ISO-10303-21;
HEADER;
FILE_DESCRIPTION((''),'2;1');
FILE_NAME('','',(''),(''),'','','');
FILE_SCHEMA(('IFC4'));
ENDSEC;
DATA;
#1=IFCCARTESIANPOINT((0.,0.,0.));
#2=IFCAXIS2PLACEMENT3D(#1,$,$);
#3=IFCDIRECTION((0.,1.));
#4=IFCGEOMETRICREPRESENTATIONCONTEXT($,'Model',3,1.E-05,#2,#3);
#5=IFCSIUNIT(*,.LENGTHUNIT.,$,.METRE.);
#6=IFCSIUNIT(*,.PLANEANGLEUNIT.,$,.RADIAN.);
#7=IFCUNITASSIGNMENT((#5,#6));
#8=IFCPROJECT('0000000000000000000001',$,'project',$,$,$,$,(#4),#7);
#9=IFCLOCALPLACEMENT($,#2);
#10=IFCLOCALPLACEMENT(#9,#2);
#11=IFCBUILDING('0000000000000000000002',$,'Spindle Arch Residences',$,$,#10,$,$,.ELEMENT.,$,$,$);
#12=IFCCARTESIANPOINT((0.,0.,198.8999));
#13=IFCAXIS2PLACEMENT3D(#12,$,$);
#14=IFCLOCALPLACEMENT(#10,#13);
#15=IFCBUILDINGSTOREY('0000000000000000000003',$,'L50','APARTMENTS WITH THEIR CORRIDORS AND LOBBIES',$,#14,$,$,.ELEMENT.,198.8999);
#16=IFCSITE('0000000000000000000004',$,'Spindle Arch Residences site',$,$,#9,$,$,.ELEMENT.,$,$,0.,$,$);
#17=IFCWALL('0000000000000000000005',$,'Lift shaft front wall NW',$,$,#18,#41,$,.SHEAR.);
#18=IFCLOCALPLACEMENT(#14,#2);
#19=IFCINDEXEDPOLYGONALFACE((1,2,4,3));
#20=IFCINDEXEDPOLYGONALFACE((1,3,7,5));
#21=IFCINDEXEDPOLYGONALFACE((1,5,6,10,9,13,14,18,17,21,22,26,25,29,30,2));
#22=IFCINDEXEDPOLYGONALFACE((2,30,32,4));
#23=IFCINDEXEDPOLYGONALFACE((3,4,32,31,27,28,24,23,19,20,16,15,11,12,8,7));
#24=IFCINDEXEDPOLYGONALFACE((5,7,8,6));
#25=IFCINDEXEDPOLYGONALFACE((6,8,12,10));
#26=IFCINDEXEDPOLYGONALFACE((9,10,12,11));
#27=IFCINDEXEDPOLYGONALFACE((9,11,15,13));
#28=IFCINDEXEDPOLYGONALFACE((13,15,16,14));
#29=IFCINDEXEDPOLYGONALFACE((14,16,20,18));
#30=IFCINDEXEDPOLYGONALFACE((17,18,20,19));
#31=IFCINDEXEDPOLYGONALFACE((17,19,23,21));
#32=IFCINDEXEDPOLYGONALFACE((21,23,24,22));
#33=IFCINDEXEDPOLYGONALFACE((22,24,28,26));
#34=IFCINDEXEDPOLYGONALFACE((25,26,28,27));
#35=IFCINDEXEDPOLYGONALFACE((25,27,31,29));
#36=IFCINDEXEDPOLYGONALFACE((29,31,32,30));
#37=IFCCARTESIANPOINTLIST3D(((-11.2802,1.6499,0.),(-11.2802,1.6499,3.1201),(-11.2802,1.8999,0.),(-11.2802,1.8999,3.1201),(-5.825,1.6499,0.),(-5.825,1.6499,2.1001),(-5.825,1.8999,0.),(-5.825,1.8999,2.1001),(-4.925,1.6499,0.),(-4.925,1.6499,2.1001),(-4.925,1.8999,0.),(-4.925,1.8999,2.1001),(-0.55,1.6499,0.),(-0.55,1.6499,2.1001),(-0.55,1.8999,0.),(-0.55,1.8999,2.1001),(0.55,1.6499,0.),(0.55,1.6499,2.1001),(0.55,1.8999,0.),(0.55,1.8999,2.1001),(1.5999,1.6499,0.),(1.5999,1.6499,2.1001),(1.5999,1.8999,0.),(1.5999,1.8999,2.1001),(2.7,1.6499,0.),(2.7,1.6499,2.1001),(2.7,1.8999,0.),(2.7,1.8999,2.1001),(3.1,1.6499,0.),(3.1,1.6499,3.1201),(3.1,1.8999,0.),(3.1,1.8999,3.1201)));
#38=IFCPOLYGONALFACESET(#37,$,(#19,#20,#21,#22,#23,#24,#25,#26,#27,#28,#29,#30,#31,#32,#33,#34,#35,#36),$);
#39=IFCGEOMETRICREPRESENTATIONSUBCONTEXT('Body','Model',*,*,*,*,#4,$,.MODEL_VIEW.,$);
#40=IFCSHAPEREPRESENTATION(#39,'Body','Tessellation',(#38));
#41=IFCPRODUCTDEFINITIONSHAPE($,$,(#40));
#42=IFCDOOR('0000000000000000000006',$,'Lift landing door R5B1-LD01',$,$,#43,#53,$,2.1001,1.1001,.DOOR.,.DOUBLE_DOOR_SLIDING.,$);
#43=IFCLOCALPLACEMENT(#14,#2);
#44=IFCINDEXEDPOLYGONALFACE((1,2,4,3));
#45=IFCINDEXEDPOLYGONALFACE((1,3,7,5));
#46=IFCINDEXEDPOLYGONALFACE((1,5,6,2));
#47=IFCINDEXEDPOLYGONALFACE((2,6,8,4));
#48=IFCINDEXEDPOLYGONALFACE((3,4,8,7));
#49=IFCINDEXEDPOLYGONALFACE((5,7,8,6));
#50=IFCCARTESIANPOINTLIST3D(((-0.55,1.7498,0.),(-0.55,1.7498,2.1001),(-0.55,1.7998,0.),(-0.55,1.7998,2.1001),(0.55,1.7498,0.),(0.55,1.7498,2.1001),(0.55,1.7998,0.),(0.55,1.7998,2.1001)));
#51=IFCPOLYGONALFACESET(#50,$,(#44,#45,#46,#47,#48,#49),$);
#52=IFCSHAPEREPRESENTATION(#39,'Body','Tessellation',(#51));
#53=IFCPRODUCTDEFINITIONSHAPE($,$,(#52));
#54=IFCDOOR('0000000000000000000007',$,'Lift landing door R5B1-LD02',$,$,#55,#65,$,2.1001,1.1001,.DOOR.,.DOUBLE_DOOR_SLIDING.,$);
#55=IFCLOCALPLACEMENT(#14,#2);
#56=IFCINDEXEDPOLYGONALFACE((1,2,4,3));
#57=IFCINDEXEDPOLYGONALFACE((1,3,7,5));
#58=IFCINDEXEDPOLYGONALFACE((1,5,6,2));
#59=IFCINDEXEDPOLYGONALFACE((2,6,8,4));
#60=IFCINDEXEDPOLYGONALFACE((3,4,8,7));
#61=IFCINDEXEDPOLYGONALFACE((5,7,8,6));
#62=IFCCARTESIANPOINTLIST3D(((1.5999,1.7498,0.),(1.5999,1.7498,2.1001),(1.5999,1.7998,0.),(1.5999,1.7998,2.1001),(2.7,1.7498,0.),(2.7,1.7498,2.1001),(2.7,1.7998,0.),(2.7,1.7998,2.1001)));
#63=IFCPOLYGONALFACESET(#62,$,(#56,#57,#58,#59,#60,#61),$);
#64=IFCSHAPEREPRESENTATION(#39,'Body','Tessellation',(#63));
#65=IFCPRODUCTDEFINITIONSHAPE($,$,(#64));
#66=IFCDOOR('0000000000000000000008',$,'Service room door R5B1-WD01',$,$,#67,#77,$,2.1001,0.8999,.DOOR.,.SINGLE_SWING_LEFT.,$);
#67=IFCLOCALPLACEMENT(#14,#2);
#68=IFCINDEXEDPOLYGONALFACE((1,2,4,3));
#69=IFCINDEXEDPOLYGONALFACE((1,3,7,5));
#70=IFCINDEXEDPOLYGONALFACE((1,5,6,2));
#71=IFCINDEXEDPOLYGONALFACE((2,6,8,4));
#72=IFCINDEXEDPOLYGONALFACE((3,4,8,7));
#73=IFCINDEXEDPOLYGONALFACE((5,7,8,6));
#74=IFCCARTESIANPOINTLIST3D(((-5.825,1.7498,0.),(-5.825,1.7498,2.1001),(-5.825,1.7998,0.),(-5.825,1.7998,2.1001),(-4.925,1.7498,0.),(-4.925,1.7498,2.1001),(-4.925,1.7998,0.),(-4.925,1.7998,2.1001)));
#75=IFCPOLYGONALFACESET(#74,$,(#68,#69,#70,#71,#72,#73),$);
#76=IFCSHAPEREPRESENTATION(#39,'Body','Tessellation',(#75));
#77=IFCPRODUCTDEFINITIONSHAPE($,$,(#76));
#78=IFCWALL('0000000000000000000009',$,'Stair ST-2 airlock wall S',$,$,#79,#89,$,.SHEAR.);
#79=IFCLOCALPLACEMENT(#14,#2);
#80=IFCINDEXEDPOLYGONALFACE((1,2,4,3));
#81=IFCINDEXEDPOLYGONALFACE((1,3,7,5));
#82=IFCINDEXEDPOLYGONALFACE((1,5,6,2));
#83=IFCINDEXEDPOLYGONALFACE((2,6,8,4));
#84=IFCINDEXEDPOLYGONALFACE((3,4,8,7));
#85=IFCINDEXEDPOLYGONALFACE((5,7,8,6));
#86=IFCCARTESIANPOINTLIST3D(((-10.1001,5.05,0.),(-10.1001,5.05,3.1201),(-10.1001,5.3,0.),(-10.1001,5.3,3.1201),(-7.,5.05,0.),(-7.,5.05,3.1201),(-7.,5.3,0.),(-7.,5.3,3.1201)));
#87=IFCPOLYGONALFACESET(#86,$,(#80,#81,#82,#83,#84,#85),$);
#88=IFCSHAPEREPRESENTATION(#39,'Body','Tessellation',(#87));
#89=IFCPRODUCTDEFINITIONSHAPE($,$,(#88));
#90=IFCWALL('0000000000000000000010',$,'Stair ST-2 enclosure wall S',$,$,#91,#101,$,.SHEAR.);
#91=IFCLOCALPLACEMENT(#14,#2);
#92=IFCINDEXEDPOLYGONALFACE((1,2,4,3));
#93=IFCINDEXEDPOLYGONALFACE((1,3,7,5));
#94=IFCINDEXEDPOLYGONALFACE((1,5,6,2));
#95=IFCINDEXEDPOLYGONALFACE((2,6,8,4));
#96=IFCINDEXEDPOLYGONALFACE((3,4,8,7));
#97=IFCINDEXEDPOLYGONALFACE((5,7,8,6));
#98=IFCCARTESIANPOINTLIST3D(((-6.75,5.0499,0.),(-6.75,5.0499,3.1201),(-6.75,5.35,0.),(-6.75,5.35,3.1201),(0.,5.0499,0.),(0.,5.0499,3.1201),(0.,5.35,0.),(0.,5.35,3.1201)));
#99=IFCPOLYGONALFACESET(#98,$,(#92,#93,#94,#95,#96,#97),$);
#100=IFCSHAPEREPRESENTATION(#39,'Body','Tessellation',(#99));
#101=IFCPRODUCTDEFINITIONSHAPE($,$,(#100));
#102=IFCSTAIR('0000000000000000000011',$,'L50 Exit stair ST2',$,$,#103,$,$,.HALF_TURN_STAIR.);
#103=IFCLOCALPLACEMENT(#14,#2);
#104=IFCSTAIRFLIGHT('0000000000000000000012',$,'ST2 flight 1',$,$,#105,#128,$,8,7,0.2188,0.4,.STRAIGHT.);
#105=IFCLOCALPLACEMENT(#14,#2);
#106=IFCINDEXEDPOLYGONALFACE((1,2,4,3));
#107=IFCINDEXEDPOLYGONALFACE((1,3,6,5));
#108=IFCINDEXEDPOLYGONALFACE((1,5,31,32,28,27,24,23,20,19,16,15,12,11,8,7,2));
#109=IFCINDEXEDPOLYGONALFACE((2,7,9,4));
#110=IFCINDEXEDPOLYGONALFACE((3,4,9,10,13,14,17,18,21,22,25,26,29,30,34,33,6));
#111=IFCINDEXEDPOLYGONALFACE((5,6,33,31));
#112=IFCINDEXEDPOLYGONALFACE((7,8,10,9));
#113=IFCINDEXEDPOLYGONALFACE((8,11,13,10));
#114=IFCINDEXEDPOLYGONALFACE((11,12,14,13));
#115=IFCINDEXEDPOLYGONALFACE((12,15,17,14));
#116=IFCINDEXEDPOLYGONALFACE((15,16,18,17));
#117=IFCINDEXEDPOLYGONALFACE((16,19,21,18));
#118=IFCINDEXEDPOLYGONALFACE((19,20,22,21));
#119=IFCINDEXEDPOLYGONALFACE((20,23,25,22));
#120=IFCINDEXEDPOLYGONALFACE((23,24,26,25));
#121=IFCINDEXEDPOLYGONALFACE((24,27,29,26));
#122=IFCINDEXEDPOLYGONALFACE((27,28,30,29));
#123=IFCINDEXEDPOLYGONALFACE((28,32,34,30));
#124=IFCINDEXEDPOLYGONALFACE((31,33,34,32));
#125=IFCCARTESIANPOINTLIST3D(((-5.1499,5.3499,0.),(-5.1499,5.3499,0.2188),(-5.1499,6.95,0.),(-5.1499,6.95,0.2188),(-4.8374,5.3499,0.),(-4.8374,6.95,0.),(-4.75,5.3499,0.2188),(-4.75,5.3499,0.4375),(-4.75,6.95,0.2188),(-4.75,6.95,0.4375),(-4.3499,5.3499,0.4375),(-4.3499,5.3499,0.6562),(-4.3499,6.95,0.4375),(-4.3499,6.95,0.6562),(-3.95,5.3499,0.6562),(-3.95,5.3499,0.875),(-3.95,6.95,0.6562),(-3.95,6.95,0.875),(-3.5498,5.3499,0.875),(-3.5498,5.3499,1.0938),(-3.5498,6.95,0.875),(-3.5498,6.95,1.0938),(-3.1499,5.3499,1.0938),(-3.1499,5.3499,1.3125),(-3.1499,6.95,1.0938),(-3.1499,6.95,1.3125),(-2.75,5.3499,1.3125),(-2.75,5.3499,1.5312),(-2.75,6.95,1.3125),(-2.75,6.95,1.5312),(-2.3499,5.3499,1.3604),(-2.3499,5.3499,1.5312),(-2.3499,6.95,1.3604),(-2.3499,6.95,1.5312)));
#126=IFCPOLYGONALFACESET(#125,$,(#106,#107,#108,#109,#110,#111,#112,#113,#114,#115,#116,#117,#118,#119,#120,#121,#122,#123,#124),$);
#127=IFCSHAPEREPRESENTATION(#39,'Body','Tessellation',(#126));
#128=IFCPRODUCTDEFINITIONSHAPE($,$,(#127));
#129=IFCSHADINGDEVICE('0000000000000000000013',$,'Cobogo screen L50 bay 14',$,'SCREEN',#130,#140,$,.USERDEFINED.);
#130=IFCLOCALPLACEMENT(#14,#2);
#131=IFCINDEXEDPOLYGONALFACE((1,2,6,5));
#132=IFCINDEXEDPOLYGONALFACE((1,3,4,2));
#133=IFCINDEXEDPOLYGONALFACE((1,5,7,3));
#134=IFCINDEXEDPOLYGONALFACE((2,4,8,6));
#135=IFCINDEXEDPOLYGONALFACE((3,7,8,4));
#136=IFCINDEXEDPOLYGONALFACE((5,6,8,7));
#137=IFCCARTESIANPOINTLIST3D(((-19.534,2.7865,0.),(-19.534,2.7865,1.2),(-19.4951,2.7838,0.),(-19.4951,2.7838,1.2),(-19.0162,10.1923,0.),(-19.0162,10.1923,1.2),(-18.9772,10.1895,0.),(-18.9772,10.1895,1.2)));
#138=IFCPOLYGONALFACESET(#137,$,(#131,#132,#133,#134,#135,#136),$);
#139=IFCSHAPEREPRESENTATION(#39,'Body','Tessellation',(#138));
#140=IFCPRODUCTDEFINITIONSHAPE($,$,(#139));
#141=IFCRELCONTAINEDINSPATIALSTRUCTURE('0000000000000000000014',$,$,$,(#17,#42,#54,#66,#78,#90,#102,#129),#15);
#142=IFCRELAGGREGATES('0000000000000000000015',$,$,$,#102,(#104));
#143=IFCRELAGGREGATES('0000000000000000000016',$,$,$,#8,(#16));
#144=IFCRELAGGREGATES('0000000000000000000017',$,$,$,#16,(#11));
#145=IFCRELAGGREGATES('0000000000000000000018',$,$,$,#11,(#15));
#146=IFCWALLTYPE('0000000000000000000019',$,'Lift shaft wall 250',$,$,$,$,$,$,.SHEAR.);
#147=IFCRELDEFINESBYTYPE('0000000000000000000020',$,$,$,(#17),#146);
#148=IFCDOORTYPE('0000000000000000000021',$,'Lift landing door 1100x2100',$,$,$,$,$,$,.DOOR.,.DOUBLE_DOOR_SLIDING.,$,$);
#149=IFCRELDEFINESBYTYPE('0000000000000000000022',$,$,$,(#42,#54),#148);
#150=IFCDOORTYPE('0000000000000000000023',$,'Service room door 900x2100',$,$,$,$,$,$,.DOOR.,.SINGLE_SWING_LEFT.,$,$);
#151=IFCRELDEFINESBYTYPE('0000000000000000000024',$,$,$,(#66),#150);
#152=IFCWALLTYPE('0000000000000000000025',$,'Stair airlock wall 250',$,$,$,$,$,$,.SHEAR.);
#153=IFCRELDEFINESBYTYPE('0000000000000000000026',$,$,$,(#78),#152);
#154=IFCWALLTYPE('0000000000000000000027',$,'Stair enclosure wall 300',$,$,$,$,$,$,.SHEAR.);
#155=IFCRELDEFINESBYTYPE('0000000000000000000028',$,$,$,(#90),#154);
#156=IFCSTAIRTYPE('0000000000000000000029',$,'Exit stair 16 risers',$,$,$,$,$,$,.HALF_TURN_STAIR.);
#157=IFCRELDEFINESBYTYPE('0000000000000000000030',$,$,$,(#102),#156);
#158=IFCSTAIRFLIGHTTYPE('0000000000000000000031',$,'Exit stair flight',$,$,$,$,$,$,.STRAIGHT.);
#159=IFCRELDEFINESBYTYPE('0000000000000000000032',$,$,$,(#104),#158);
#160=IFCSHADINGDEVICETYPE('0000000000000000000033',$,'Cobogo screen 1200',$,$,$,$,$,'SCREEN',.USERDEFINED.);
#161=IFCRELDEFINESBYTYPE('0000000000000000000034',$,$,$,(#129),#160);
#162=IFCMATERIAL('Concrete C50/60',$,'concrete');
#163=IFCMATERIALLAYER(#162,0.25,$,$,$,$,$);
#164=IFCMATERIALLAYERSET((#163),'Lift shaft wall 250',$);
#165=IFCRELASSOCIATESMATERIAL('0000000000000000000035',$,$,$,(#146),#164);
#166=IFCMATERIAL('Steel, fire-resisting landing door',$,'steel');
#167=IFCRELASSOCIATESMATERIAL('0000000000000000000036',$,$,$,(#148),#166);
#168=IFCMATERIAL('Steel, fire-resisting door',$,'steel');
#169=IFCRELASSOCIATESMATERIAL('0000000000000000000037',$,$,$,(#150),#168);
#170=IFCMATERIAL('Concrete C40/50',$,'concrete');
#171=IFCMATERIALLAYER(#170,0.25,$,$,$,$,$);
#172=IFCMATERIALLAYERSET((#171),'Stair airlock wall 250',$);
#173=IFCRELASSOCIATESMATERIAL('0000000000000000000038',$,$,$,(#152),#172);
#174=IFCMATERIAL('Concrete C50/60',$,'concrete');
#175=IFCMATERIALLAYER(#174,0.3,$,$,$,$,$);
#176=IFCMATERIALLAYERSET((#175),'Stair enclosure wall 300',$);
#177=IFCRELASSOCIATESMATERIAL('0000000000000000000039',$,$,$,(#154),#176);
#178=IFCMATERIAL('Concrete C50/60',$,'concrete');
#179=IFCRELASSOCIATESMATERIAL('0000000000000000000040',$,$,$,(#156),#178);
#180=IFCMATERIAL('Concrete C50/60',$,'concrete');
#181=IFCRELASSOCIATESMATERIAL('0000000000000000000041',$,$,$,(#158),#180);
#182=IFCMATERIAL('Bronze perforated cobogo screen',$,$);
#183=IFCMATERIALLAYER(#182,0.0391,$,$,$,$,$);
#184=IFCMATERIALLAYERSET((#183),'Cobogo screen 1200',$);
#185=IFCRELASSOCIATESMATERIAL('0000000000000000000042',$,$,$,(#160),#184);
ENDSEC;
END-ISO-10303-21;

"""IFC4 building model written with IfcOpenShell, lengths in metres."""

from ifc_helpers import new_model, si_unit, direction, frame, frame_2d, origin, origin_2d, place, context, subcontext, project, spatial, polyline, rectangle, outline, extrude, material, layer, layer_set, type_object, element, fill, aggregate, save


model = new_model("IFC4")

# Units and contexts
model_context = context("Model", 3, precision=1e-05, world=origin(), true_north=direction((0.0, 1.0)))
body_context = subcontext(model_context, "Body", "Model", "MODEL_VIEW")
ifc_project = project(units=[si_unit("LENGTHUNIT", "METRE"), si_unit("PLANEANGLEUNIT", "RADIAN")], contexts=[model_context])

# Site, building, storey
site_placement = place(None, origin())
site = spatial("IfcSite", under=ifc_project, at=site_placement, Name="Spindle Arch Residences site", CompositionType="ELEMENT", RefElevation=0.0)
building_placement = place(site_placement, origin())
building = spatial("IfcBuilding", under=site, at=building_placement, Name="Spindle Arch Residences", CompositionType="ELEMENT")
storey_placement = place(building_placement, frame((0.0, 0.0, 198.8999)))
storey = spatial("IfcBuildingStorey", under=building, at=storey_placement, Name="L50", Description="APARTMENTS WITH THEIR CORRIDORS AND LOBBIES", CompositionType="ELEMENT", Elevation=198.8999)

# Wall, openings, doors
ifc_material_1 = material(Name="Concrete C50/60", Category="concrete")
ifc_layer_1 = layer(ifc_material_1, 0.25)
ifc_layer_set_1 = layer_set([ifc_layer_1], Name="Lift shaft wall 250")
wall_type_1 = type_object("IfcWallType", Name="Lift shaft wall 250", PredefinedType="SHEAR", material=ifc_layer_set_1)
wall_1_placement = place(storey_placement, frame((-11.28, 1.7749, 0.0), z_axis=(0.0, 0.0, 1.0), x_axis=(1.0, 0.0, 0.0)))
wall_1 = element("IfcWall", 1, at=wall_1_placement, inside=storey, type_object=wall_type_1, Name="Lift shaft front wall NW", PredefinedType="SHEAR", context=body_context, shape_type="SweptSolid", body=[
    extrude(rectangle(XDim=14.3801, YDim=0.25, at=frame_2d((7.1899, 0.0))), origin(), (0.0, 0.0, 1.0), 3.1201),
])
opening_1_placement = place(wall_1_placement, frame((10.73, 0.0, 0.0)))
opening_1 = element("IfcOpeningElement", 2, at=opening_1_placement, cuts=wall_1, PredefinedType="OPENING", context=body_context, shape_type="SweptSolid", body=[
    extrude(rectangle(XDim=1.1001, YDim=2.1001, at=frame_2d((0.55, 1.05))), frame((0.0, 0.135, 0.0), z_axis=(0.0, -1.0, 0.0), x_axis=(1.0, 0.0, 0.0)), (0.0, 0.0, 1.0), 0.27),
])
opening_2_placement = place(wall_1_placement, frame((12.8799, 0.0, 0.0)))
opening_2 = element("IfcOpeningElement", 3, at=opening_2_placement, cuts=wall_1, PredefinedType="OPENING", context=body_context, shape_type="SweptSolid", body=[
    extrude(rectangle(XDim=1.1001, YDim=2.1001, at=frame_2d((0.55, 1.05))), frame((0.0, 0.135, 0.0), z_axis=(0.0, -1.0, 0.0), x_axis=(1.0, 0.0, 0.0)), (0.0, 0.0, 1.0), 0.27),
])
opening_3_placement = place(wall_1_placement, frame((5.4551, 0.0, 0.0)))
opening_3 = element("IfcOpeningElement", 4, at=opening_3_placement, cuts=wall_1, PredefinedType="OPENING", context=body_context, shape_type="SweptSolid", body=[
    extrude(rectangle(XDim=0.8999, YDim=2.1001, at=frame_2d((0.45, 1.05))), frame((0.0, 0.135, 0.0), z_axis=(0.0, -1.0, 0.0), x_axis=(1.0, 0.0, 0.0)), (0.0, 0.0, 1.0), 0.27),
])
ifc_material_2 = material(Name="Steel, fire-resisting landing door", Category="steel")
door_type_1 = type_object("IfcDoorType", Name="Lift landing door 1100x2100", OperationType="DOUBLE_DOOR_SLIDING", PredefinedType="DOOR", material=ifc_material_2)
door_1_placement = place(opening_1_placement, origin())
door_1 = element("IfcDoor", 5, at=door_1_placement, inside=storey, type_object=door_type_1, Name="Lift landing door R5B1-LD01", OperationType="DOUBLE_DOOR_SLIDING", OverallHeight=2.1001, OverallWidth=1.1001, PredefinedType="DOOR", context=body_context, shape_type="SweptSolid", body=[
    extrude(rectangle(XDim=1.1001, YDim=2.1001, at=frame_2d((0.55, 1.05))), frame((0.0, 0.0249, 0.0), z_axis=(0.0, -1.0, 0.0), x_axis=(1.0, 0.0, 0.0)), (0.0, 0.0, 1.0), 0.05),
])
fill(opening_1, door_1)
door_2_placement = place(opening_2_placement, origin())
door_2 = element("IfcDoor", 6, at=door_2_placement, inside=storey, type_object=door_type_1, Name="Lift landing door R5B1-LD02", OperationType="DOUBLE_DOOR_SLIDING", OverallHeight=2.1001, OverallWidth=1.1001, PredefinedType="DOOR", context=body_context, shape_type="SweptSolid", body=[
    extrude(rectangle(XDim=1.1001, YDim=2.1001, at=frame_2d((0.55, 1.05))), frame((0.0, 0.0249, 0.0), z_axis=(0.0, -1.0, 0.0), x_axis=(1.0, 0.0, 0.0)), (0.0, 0.0, 1.0), 0.05),
])
fill(opening_2, door_2)
ifc_material_3 = material(Name="Steel, fire-resisting door", Category="steel")
door_type_2 = type_object("IfcDoorType", Name="Service room door 900x2100", OperationType="SINGLE_SWING_LEFT", PredefinedType="DOOR", material=ifc_material_3)
door_3_placement = place(opening_3_placement, origin())
door_3 = element("IfcDoor", 7, at=door_3_placement, inside=storey, type_object=door_type_2, Name="Service room door R5B1-WD01", OperationType="SINGLE_SWING_LEFT", OverallHeight=2.1001, OverallWidth=0.8999, PredefinedType="DOOR", context=body_context, shape_type="SweptSolid", body=[
    extrude(rectangle(XDim=0.8999, YDim=2.1001, at=frame_2d((0.45, 1.05))), frame((0.0, 0.0249, 0.0), z_axis=(0.0, -1.0, 0.0), x_axis=(1.0, 0.0, 0.0)), (0.0, 0.0, 1.0), 0.05),
])
fill(opening_3, door_3)

# Walls
ifc_material_4 = material(Name="Concrete C40/50", Category="concrete")
ifc_layer_2 = layer(ifc_material_4, 0.25)
ifc_layer_set_2 = layer_set([ifc_layer_2], Name="Stair airlock wall 250")
wall_type_2 = type_object("IfcWallType", Name="Stair airlock wall 250", PredefinedType="SHEAR", material=ifc_layer_set_2)
wall_2_placement = place(storey_placement, frame((-7.0, 5.175, 0.0), z_axis=(0.0, 0.0, 1.0), x_axis=(-1.0, 0.0, 0.0)))
element("IfcWall", 8, at=wall_2_placement, inside=storey, type_object=wall_type_2, Name="Stair ST-2 airlock wall S", PredefinedType="SHEAR", context=body_context, shape_type="SweptSolid", body=[
    extrude(rectangle(XDim=3.1001, YDim=0.25, at=frame_2d((1.55, 0.0))), origin(), (0.0, 0.0, 1.0), 3.1201),
])
ifc_material_5 = material(Name="Concrete C50/60", Category="concrete")
ifc_layer_3 = layer(ifc_material_5, 0.3)
ifc_layer_set_3 = layer_set([ifc_layer_3], Name="Stair enclosure wall 300")
wall_type_3 = type_object("IfcWallType", Name="Stair enclosure wall 300", PredefinedType="SHEAR", material=ifc_layer_set_3)
wall_3_placement = place(storey_placement, frame((-6.75, 5.2, 0.0), z_axis=(0.0, 0.0, 1.0), x_axis=(1.0, 0.0, 0.0)))
element("IfcWall", 9, at=wall_3_placement, inside=storey, type_object=wall_type_3, Name="Stair ST-2 enclosure wall S", PredefinedType="SHEAR", context=body_context, shape_type="SweptSolid", body=[
    extrude(rectangle(XDim=6.75, YDim=0.3, at=frame_2d((3.375, 0.0))), origin(), (0.0, 0.0, 1.0), 3.1201),
])

# Stair, stair flight
ifc_material_6 = material(Name="Concrete C50/60", Category="concrete")
stair_type = type_object("IfcStairType", Name="Exit stair 16 risers", PredefinedType="HALF_TURN_STAIR", material=ifc_material_6)
stair_placement = place(storey_placement, origin())
stair = element("IfcStair", 10, at=stair_placement, inside=storey, type_object=stair_type, Name="L50 Exit stair ST2", PredefinedType="HALF_TURN_STAIR")
ifc_material_7 = material(Name="Concrete C50/60", Category="concrete")
stair_flight_type = type_object("IfcStairFlightType", Name="Exit stair flight", PredefinedType="STRAIGHT", material=ifc_material_7)
stair_flight_placement = place(storey_placement, frame((-5.1499, 6.1499, 0.0), z_axis=(0.0, 0.0, 1.0), x_axis=(1.0, 0.0, 0.0)))
stair_flight = element("IfcStairFlight", 11, at=stair_flight_placement, type_object=stair_flight_type, Name="ST2 flight 1", NumberOfRisers=8, NumberOfTreads=7, PredefinedType="STRAIGHT", RiserHeight=0.2188, TreadLength=0.4, context=body_context, shape_type="SweptSolid", body=[
    extrude(outline(polyline([(0.0, 0.0), (0.0, 0.2188), (0.3999, 0.2188), (0.3999, 0.4375), (0.8, 0.4375), (0.8, 0.6562), (1.2, 0.6562), (1.2, 0.875), (1.6001, 0.875), (1.6001, 1.0938), (2.0, 1.0938), (2.0, 1.3125), (2.3999, 1.3125), (2.3999, 1.5312), (2.8, 1.5312), (2.8, 1.75), (2.8, 1.3604), (0.3125, 0.0), (0.0, 0.0)])), frame((0.0, 0.8, 0.0), z_axis=(0.0, -1.0, 0.0), x_axis=(1.0, 0.0, 0.0)), (0.0, 0.0, 1.0), 1.6001),
])
aggregate(stair, [stair_flight])

# Shading device
ifc_material_8 = material(Name="Bronze perforated cobogo screen")
ifc_layer_4 = layer(ifc_material_8, 0.0391)
ifc_layer_set_4 = layer_set([ifc_layer_4], Name="Cobogo screen 1200")
shading_device_type = type_object("IfcShadingDeviceType", Name="Cobogo screen 1200", ElementType="SCREEN", PredefinedType="USERDEFINED", material=ifc_layer_set_4)
shading_device_placement = place(storey_placement, frame((-19.2556, 6.488, 0.0), z_axis=(0.0, 0.0, 1.0), x_axis=(-0.069756, -0.997564, 0.0)))
element("IfcShadingDevice", 12, at=shading_device_placement, inside=storey, type_object=shading_device_type, Name="Cobogo screen L50 bay 14", ObjectType="SCREEN", PredefinedType="USERDEFINED", context=body_context, shape_type="SweptSolid", body=[
    extrude(rectangle(XDim=7.4238, YDim=0.0391, at=origin_2d()), origin(), (0.0, 0.0, 1.0), 1.2),
])

save(model, "model.ifc")
